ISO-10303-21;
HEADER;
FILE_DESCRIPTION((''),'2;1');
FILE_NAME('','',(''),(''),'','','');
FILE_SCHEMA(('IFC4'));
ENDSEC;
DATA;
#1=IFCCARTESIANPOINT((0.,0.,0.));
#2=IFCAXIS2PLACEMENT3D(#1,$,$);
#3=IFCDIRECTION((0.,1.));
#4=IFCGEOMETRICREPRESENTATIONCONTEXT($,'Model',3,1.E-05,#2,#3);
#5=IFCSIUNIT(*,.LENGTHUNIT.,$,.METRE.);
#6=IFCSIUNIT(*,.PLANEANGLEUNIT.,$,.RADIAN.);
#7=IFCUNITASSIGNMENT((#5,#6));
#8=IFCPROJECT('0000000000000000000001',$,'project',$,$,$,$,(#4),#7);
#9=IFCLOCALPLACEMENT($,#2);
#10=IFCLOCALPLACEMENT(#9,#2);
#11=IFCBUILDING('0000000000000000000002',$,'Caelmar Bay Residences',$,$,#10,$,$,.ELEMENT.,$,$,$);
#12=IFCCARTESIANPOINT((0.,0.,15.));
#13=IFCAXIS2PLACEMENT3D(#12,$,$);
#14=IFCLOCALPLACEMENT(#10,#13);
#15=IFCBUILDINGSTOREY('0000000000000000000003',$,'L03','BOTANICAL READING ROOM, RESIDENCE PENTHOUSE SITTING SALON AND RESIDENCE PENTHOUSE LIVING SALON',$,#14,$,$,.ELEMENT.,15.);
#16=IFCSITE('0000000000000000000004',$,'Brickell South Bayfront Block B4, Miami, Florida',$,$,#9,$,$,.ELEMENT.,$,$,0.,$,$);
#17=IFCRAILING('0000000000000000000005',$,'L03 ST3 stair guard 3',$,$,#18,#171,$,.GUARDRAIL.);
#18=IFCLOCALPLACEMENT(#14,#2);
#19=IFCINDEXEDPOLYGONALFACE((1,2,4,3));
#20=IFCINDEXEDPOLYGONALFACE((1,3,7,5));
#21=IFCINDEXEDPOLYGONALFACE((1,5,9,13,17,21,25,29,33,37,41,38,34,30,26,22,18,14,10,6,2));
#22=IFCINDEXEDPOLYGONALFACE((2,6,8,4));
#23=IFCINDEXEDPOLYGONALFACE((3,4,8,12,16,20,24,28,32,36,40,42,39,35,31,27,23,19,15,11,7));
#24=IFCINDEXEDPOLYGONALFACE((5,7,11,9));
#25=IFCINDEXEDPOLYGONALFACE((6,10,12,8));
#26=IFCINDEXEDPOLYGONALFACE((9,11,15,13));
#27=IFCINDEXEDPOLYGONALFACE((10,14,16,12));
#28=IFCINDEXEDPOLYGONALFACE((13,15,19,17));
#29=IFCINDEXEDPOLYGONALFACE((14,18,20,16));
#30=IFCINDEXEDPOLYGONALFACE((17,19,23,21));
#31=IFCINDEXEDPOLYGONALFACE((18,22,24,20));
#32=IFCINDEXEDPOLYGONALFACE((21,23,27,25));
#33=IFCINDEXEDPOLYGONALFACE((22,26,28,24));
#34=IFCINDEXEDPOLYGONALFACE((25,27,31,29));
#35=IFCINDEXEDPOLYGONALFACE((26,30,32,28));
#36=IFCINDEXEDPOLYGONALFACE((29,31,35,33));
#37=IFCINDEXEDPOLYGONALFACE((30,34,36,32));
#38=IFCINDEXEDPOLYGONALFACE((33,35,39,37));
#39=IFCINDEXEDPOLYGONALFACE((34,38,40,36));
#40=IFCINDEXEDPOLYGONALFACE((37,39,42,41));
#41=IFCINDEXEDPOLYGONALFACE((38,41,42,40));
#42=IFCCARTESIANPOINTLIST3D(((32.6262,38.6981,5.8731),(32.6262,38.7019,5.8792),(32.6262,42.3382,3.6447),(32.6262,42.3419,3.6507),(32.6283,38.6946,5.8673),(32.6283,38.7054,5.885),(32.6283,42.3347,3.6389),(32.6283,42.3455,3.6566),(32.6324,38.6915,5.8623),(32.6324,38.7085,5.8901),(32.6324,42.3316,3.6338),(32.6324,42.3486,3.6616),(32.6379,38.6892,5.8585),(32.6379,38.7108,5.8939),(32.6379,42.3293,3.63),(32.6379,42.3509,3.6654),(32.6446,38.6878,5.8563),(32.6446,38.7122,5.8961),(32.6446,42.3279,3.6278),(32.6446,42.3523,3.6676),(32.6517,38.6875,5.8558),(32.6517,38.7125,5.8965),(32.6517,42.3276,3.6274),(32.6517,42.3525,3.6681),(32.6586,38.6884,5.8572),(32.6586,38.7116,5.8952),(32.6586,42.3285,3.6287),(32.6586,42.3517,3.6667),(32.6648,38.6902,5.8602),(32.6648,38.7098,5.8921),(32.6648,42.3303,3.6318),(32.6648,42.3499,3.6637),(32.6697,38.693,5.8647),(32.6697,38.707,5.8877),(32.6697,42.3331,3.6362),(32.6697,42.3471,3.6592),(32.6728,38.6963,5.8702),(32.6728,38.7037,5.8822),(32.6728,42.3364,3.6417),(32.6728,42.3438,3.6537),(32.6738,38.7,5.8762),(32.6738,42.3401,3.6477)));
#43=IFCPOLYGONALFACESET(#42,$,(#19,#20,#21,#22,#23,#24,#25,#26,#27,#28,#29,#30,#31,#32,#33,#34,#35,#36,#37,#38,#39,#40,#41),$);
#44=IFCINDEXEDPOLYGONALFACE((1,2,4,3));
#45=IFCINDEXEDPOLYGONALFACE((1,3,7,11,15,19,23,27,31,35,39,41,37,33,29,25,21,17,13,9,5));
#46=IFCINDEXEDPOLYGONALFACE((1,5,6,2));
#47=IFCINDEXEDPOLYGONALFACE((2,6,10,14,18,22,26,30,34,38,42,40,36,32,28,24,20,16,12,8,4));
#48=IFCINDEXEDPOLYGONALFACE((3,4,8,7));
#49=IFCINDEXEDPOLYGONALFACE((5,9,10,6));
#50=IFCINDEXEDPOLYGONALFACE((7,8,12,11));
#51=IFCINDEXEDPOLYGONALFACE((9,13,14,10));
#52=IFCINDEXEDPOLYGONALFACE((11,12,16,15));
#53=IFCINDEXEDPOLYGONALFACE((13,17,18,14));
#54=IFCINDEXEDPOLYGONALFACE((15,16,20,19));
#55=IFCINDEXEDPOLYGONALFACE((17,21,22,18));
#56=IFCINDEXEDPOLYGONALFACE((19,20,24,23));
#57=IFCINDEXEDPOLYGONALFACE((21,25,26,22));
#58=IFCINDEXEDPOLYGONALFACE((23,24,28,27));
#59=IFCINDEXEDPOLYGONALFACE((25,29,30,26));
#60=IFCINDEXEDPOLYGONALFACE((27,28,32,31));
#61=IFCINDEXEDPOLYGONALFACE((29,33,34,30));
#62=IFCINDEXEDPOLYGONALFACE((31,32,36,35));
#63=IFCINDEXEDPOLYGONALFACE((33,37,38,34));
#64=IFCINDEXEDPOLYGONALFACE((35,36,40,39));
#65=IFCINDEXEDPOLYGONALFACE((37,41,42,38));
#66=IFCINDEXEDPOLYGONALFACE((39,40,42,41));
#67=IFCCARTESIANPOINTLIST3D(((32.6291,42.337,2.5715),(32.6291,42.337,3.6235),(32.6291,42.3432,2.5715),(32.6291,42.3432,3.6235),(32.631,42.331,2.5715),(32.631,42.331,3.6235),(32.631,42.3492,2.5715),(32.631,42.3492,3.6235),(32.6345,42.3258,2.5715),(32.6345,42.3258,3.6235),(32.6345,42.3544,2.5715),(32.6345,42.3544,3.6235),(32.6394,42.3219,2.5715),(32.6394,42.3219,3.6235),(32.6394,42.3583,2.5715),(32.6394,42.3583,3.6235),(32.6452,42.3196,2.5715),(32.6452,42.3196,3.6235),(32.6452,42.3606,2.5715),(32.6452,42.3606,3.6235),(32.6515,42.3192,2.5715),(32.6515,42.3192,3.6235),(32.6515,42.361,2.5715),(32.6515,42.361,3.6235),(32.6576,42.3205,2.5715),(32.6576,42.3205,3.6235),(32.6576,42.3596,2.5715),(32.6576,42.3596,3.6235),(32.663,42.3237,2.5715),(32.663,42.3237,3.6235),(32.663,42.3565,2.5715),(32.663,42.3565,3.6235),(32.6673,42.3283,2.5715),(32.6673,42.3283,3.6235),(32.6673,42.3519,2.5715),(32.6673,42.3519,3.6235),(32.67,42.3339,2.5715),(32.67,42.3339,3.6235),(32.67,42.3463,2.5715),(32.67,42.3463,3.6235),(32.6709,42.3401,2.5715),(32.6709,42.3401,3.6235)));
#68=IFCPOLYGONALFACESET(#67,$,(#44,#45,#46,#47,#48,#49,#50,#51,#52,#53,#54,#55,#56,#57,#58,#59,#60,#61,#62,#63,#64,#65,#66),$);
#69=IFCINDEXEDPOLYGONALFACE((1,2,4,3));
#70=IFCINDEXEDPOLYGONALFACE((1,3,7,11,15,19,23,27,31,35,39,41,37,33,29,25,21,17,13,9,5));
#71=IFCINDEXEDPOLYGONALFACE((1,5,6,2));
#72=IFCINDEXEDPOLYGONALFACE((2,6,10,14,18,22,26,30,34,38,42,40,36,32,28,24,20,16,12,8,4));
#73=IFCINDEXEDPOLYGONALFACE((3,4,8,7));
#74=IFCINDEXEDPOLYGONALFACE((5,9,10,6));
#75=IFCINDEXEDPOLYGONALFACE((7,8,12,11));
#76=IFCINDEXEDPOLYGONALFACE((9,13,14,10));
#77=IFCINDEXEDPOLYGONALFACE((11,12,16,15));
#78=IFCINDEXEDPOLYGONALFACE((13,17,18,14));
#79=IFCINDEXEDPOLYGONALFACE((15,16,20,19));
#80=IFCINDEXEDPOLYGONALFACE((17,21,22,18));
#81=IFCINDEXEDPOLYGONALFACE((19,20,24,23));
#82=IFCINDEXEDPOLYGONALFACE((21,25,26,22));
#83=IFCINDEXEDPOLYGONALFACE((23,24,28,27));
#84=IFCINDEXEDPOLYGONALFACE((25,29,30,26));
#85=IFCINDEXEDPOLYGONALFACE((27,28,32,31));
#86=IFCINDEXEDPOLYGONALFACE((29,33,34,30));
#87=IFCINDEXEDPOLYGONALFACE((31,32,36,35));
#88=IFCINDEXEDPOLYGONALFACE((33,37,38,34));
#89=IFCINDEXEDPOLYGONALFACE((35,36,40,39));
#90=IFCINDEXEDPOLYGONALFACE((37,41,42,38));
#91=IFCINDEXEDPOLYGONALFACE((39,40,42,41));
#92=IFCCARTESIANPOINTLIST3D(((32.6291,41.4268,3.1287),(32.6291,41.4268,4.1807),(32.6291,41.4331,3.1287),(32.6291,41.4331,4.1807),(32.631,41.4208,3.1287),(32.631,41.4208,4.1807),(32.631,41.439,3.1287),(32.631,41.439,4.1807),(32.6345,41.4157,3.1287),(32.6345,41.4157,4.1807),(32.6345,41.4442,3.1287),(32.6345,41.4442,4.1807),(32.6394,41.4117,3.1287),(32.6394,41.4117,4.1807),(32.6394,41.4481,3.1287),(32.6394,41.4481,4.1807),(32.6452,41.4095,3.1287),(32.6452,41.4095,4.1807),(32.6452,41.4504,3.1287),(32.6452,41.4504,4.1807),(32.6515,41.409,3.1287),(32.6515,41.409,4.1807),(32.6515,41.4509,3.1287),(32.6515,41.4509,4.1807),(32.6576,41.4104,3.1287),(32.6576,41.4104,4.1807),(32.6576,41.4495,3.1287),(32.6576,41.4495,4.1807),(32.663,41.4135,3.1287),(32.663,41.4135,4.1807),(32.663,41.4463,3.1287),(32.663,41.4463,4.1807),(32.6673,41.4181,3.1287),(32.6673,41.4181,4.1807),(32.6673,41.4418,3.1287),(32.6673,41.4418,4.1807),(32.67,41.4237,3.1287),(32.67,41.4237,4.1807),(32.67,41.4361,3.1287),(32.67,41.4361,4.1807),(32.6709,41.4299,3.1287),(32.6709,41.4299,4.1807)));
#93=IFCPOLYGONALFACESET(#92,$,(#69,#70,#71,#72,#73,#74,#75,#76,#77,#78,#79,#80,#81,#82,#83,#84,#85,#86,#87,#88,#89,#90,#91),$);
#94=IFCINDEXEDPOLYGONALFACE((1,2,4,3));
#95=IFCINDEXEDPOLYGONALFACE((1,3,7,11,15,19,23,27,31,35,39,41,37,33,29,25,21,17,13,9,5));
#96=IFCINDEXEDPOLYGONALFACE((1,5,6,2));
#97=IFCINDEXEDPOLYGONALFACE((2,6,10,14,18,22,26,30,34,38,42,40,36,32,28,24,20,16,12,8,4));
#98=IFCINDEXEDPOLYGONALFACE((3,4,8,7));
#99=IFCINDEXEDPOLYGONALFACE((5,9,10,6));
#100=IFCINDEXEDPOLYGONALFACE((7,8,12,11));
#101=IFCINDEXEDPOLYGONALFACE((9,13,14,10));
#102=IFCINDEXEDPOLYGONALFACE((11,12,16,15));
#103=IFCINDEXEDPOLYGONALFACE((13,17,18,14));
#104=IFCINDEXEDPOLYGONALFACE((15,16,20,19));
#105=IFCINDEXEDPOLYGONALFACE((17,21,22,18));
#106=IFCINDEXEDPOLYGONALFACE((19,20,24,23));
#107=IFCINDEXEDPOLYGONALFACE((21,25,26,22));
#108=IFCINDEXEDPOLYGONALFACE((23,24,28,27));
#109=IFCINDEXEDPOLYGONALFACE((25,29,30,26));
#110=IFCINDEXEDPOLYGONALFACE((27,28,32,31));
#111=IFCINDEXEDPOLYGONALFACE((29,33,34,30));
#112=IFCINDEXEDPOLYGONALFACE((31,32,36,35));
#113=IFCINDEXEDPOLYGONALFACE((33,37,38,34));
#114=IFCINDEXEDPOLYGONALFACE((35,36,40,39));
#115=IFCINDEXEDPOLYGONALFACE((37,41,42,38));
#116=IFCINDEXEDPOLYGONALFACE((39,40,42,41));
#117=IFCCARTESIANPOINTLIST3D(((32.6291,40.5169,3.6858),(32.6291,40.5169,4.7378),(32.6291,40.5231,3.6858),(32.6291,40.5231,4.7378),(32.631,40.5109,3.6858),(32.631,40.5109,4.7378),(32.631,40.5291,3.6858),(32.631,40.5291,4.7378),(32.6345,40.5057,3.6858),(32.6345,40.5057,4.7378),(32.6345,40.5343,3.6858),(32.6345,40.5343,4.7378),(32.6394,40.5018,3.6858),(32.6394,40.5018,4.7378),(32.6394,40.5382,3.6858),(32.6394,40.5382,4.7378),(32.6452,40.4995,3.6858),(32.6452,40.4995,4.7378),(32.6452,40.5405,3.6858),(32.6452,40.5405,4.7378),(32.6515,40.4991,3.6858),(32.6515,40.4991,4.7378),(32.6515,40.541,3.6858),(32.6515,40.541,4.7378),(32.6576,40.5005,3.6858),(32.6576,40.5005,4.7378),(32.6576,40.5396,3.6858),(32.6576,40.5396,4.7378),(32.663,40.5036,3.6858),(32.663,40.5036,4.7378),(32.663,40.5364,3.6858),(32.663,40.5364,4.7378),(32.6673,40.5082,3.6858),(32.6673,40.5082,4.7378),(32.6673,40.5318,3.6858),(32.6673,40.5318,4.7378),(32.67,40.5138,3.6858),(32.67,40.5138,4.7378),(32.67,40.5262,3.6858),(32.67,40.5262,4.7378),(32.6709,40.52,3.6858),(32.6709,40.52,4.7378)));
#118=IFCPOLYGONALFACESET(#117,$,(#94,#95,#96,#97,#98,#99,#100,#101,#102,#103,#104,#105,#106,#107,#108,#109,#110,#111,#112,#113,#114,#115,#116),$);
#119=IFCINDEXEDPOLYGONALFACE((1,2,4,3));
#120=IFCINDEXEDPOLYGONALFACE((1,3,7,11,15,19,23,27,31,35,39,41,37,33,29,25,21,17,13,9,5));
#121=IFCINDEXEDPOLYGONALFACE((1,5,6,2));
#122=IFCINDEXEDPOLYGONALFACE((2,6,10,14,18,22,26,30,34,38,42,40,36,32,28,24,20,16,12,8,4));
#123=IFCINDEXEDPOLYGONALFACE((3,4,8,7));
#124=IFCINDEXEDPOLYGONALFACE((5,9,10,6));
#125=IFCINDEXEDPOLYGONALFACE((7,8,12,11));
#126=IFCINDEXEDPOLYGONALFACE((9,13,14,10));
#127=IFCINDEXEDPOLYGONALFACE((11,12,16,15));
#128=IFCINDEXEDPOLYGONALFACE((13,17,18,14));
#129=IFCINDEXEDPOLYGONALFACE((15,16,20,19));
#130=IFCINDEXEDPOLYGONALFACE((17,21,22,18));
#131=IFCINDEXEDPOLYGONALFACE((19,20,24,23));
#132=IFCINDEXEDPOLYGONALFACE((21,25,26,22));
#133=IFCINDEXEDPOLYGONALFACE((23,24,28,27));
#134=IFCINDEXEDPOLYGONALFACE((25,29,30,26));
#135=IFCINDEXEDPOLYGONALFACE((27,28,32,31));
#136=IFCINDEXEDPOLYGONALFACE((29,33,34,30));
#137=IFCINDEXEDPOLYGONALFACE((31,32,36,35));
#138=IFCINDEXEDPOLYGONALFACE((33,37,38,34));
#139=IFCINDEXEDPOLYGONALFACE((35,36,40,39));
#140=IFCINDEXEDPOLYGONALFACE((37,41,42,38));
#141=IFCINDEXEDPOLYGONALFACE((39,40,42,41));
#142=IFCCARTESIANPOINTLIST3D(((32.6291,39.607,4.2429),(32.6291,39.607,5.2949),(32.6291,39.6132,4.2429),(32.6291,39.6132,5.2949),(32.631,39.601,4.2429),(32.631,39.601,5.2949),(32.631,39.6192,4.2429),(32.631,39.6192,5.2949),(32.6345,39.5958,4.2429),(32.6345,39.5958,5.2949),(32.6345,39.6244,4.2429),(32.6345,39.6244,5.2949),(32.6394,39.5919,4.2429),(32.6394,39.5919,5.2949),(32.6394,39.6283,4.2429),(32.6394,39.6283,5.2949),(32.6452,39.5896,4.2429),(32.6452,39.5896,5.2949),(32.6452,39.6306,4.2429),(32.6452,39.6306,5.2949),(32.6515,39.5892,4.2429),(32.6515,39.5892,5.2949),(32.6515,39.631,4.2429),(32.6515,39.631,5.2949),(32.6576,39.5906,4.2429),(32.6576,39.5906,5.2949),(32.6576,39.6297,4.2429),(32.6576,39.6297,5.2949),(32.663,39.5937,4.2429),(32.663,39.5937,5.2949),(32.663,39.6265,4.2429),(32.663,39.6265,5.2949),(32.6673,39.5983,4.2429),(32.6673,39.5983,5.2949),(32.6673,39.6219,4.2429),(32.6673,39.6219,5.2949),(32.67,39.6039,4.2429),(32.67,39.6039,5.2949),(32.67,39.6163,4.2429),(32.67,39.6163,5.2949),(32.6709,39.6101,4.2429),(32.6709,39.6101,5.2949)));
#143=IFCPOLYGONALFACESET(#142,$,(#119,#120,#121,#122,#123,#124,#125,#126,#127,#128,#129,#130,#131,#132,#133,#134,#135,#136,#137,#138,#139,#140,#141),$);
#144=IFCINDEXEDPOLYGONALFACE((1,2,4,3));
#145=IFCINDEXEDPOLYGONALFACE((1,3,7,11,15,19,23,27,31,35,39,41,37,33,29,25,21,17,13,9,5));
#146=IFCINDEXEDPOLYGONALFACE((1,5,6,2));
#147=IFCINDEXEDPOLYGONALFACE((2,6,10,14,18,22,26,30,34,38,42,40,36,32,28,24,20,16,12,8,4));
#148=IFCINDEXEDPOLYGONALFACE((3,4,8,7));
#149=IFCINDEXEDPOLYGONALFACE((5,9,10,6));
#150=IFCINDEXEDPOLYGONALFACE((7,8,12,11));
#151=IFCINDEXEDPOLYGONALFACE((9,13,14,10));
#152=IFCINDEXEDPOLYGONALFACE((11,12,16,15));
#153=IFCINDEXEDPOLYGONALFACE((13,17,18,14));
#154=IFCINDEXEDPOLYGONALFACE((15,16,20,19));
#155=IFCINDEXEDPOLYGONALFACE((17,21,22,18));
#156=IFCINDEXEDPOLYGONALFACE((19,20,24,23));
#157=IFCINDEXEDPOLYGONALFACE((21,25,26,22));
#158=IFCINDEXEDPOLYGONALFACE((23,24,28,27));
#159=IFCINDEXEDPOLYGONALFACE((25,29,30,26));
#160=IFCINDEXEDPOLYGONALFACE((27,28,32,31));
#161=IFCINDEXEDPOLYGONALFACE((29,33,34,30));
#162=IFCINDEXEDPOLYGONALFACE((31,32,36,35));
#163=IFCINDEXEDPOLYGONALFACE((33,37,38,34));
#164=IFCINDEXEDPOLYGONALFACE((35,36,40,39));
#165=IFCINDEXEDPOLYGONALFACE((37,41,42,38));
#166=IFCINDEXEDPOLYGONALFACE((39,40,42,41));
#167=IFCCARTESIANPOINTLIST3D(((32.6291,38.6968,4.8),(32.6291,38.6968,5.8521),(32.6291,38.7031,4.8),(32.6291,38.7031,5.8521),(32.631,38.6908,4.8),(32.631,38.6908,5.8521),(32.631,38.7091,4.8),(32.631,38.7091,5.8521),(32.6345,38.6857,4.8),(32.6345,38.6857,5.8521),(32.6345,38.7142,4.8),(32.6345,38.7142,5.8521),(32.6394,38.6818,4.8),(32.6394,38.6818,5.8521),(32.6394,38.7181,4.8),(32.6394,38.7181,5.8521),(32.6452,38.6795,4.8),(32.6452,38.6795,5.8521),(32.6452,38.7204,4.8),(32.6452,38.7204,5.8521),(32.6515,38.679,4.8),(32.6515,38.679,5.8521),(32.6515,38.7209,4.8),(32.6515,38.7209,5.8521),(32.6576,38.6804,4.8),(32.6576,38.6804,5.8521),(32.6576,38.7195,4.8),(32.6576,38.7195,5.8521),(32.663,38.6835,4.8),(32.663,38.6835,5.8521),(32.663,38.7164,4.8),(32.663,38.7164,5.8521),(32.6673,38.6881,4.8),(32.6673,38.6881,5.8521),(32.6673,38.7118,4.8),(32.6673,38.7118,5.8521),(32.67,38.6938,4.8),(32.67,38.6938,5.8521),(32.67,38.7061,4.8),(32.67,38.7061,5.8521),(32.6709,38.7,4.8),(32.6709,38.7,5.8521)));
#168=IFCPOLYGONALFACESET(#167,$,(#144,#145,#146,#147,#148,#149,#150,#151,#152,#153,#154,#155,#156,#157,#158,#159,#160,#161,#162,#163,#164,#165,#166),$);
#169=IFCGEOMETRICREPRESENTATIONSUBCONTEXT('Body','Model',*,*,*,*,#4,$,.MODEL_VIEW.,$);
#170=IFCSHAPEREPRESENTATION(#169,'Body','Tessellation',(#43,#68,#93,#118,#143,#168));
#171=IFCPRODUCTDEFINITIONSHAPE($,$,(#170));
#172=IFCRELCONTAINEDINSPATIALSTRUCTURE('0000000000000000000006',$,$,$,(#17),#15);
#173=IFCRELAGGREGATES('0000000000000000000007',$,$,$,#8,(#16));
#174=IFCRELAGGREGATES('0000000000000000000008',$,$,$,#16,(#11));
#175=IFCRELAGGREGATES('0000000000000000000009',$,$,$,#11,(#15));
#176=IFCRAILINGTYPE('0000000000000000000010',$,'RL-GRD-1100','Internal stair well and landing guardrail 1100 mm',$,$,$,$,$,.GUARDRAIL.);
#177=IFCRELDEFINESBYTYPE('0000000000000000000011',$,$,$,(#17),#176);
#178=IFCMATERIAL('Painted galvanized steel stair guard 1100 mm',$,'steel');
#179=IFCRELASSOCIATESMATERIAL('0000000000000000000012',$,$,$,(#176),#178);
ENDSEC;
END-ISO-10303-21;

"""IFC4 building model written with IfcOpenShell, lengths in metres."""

from ifc_helpers import new_model, si_unit, direction, frame, origin, origin_2d, place, context, subcontext, project, spatial, circle, extrude, material, type_object, element, save


model = new_model("IFC4")

# Units and contexts
model_context = context("Model", 3, precision=1e-05, world=origin(), true_north=direction((0.0, 1.0)))
body_context = subcontext(model_context, "Body", "Model", "MODEL_VIEW")
ifc_project = project(units=[si_unit("LENGTHUNIT", "METRE"), si_unit("PLANEANGLEUNIT", "RADIAN")], contexts=[model_context])

# Site, building, storey
site_placement = place(None, origin())
site = spatial("IfcSite", under=ifc_project, at=site_placement, Name="Brickell South Bayfront Block B4, Miami, Florida", CompositionType="ELEMENT", RefElevation=0.0)
building_placement = place(site_placement, origin())
building = spatial("IfcBuilding", under=site, at=building_placement, Name="Caelmar Bay Residences", CompositionType="ELEMENT")
storey_placement = place(building_placement, frame((0.0, 0.0, 15.0)))
storey = spatial("IfcBuildingStorey", under=building, at=storey_placement, Name="L03", Description="BOTANICAL READING ROOM, RESIDENCE PENTHOUSE SITTING SALON AND RESIDENCE PENTHOUSE LIVING SALON", CompositionType="ELEMENT", Elevation=15.0)

# Railing
ifc_material_1 = material(Name="Painted galvanized steel stair guard 1100 mm", Category="steel")
railing_type_1 = type_object("IfcRailingType", Name="RL-GRD-1100", Description="Internal stair well and landing guardrail 1100 mm", PredefinedType="GUARDRAIL", material=ifc_material_1)
railing_1_placement = place(storey_placement, frame((32.6499, 42.3401, 2.5715)))
element("IfcRailing", 1, at=railing_1_placement, inside=storey, type_object=railing_type_1, Name="L03 ST3 stair guard 3", PredefinedType="GUARDRAIL", context=body_context, shape_type="SweptSolid", body=[
    extrude(circle(Radius=0.0239, at=origin_2d()), frame((0.0, 0.0, 1.0762), z_axis=(0.0, -0.852866, 0.52213), x_axis=(1.0, 0.0, 0.0)), (0.0, 0.0, 1.0), 4.2681),
    extrude(circle(Radius=0.021, at=origin_2d()), origin(), (0.0, 0.0, 1.0), 1.052),
    extrude(circle(Radius=0.021, at=origin_2d()), frame((0.0, -0.9102, 0.5571)), (0.0, 0.0, 1.0), 1.052),
    extrude(circle(Radius=0.021, at=origin_2d()), frame((0.0, -1.8201, 1.1143)), (0.0, 0.0, 1.0), 1.052),
    extrude(circle(Radius=0.021, at=origin_2d()), frame((0.0, -2.73, 1.6714)), (0.0, 0.0, 1.0), 1.052),
    extrude(circle(Radius=0.021, at=origin_2d()), frame((0.0, -3.6401, 2.2285)), (0.0, 0.0, 1.0), 1.052),
])

save(model, "model.ifc")
